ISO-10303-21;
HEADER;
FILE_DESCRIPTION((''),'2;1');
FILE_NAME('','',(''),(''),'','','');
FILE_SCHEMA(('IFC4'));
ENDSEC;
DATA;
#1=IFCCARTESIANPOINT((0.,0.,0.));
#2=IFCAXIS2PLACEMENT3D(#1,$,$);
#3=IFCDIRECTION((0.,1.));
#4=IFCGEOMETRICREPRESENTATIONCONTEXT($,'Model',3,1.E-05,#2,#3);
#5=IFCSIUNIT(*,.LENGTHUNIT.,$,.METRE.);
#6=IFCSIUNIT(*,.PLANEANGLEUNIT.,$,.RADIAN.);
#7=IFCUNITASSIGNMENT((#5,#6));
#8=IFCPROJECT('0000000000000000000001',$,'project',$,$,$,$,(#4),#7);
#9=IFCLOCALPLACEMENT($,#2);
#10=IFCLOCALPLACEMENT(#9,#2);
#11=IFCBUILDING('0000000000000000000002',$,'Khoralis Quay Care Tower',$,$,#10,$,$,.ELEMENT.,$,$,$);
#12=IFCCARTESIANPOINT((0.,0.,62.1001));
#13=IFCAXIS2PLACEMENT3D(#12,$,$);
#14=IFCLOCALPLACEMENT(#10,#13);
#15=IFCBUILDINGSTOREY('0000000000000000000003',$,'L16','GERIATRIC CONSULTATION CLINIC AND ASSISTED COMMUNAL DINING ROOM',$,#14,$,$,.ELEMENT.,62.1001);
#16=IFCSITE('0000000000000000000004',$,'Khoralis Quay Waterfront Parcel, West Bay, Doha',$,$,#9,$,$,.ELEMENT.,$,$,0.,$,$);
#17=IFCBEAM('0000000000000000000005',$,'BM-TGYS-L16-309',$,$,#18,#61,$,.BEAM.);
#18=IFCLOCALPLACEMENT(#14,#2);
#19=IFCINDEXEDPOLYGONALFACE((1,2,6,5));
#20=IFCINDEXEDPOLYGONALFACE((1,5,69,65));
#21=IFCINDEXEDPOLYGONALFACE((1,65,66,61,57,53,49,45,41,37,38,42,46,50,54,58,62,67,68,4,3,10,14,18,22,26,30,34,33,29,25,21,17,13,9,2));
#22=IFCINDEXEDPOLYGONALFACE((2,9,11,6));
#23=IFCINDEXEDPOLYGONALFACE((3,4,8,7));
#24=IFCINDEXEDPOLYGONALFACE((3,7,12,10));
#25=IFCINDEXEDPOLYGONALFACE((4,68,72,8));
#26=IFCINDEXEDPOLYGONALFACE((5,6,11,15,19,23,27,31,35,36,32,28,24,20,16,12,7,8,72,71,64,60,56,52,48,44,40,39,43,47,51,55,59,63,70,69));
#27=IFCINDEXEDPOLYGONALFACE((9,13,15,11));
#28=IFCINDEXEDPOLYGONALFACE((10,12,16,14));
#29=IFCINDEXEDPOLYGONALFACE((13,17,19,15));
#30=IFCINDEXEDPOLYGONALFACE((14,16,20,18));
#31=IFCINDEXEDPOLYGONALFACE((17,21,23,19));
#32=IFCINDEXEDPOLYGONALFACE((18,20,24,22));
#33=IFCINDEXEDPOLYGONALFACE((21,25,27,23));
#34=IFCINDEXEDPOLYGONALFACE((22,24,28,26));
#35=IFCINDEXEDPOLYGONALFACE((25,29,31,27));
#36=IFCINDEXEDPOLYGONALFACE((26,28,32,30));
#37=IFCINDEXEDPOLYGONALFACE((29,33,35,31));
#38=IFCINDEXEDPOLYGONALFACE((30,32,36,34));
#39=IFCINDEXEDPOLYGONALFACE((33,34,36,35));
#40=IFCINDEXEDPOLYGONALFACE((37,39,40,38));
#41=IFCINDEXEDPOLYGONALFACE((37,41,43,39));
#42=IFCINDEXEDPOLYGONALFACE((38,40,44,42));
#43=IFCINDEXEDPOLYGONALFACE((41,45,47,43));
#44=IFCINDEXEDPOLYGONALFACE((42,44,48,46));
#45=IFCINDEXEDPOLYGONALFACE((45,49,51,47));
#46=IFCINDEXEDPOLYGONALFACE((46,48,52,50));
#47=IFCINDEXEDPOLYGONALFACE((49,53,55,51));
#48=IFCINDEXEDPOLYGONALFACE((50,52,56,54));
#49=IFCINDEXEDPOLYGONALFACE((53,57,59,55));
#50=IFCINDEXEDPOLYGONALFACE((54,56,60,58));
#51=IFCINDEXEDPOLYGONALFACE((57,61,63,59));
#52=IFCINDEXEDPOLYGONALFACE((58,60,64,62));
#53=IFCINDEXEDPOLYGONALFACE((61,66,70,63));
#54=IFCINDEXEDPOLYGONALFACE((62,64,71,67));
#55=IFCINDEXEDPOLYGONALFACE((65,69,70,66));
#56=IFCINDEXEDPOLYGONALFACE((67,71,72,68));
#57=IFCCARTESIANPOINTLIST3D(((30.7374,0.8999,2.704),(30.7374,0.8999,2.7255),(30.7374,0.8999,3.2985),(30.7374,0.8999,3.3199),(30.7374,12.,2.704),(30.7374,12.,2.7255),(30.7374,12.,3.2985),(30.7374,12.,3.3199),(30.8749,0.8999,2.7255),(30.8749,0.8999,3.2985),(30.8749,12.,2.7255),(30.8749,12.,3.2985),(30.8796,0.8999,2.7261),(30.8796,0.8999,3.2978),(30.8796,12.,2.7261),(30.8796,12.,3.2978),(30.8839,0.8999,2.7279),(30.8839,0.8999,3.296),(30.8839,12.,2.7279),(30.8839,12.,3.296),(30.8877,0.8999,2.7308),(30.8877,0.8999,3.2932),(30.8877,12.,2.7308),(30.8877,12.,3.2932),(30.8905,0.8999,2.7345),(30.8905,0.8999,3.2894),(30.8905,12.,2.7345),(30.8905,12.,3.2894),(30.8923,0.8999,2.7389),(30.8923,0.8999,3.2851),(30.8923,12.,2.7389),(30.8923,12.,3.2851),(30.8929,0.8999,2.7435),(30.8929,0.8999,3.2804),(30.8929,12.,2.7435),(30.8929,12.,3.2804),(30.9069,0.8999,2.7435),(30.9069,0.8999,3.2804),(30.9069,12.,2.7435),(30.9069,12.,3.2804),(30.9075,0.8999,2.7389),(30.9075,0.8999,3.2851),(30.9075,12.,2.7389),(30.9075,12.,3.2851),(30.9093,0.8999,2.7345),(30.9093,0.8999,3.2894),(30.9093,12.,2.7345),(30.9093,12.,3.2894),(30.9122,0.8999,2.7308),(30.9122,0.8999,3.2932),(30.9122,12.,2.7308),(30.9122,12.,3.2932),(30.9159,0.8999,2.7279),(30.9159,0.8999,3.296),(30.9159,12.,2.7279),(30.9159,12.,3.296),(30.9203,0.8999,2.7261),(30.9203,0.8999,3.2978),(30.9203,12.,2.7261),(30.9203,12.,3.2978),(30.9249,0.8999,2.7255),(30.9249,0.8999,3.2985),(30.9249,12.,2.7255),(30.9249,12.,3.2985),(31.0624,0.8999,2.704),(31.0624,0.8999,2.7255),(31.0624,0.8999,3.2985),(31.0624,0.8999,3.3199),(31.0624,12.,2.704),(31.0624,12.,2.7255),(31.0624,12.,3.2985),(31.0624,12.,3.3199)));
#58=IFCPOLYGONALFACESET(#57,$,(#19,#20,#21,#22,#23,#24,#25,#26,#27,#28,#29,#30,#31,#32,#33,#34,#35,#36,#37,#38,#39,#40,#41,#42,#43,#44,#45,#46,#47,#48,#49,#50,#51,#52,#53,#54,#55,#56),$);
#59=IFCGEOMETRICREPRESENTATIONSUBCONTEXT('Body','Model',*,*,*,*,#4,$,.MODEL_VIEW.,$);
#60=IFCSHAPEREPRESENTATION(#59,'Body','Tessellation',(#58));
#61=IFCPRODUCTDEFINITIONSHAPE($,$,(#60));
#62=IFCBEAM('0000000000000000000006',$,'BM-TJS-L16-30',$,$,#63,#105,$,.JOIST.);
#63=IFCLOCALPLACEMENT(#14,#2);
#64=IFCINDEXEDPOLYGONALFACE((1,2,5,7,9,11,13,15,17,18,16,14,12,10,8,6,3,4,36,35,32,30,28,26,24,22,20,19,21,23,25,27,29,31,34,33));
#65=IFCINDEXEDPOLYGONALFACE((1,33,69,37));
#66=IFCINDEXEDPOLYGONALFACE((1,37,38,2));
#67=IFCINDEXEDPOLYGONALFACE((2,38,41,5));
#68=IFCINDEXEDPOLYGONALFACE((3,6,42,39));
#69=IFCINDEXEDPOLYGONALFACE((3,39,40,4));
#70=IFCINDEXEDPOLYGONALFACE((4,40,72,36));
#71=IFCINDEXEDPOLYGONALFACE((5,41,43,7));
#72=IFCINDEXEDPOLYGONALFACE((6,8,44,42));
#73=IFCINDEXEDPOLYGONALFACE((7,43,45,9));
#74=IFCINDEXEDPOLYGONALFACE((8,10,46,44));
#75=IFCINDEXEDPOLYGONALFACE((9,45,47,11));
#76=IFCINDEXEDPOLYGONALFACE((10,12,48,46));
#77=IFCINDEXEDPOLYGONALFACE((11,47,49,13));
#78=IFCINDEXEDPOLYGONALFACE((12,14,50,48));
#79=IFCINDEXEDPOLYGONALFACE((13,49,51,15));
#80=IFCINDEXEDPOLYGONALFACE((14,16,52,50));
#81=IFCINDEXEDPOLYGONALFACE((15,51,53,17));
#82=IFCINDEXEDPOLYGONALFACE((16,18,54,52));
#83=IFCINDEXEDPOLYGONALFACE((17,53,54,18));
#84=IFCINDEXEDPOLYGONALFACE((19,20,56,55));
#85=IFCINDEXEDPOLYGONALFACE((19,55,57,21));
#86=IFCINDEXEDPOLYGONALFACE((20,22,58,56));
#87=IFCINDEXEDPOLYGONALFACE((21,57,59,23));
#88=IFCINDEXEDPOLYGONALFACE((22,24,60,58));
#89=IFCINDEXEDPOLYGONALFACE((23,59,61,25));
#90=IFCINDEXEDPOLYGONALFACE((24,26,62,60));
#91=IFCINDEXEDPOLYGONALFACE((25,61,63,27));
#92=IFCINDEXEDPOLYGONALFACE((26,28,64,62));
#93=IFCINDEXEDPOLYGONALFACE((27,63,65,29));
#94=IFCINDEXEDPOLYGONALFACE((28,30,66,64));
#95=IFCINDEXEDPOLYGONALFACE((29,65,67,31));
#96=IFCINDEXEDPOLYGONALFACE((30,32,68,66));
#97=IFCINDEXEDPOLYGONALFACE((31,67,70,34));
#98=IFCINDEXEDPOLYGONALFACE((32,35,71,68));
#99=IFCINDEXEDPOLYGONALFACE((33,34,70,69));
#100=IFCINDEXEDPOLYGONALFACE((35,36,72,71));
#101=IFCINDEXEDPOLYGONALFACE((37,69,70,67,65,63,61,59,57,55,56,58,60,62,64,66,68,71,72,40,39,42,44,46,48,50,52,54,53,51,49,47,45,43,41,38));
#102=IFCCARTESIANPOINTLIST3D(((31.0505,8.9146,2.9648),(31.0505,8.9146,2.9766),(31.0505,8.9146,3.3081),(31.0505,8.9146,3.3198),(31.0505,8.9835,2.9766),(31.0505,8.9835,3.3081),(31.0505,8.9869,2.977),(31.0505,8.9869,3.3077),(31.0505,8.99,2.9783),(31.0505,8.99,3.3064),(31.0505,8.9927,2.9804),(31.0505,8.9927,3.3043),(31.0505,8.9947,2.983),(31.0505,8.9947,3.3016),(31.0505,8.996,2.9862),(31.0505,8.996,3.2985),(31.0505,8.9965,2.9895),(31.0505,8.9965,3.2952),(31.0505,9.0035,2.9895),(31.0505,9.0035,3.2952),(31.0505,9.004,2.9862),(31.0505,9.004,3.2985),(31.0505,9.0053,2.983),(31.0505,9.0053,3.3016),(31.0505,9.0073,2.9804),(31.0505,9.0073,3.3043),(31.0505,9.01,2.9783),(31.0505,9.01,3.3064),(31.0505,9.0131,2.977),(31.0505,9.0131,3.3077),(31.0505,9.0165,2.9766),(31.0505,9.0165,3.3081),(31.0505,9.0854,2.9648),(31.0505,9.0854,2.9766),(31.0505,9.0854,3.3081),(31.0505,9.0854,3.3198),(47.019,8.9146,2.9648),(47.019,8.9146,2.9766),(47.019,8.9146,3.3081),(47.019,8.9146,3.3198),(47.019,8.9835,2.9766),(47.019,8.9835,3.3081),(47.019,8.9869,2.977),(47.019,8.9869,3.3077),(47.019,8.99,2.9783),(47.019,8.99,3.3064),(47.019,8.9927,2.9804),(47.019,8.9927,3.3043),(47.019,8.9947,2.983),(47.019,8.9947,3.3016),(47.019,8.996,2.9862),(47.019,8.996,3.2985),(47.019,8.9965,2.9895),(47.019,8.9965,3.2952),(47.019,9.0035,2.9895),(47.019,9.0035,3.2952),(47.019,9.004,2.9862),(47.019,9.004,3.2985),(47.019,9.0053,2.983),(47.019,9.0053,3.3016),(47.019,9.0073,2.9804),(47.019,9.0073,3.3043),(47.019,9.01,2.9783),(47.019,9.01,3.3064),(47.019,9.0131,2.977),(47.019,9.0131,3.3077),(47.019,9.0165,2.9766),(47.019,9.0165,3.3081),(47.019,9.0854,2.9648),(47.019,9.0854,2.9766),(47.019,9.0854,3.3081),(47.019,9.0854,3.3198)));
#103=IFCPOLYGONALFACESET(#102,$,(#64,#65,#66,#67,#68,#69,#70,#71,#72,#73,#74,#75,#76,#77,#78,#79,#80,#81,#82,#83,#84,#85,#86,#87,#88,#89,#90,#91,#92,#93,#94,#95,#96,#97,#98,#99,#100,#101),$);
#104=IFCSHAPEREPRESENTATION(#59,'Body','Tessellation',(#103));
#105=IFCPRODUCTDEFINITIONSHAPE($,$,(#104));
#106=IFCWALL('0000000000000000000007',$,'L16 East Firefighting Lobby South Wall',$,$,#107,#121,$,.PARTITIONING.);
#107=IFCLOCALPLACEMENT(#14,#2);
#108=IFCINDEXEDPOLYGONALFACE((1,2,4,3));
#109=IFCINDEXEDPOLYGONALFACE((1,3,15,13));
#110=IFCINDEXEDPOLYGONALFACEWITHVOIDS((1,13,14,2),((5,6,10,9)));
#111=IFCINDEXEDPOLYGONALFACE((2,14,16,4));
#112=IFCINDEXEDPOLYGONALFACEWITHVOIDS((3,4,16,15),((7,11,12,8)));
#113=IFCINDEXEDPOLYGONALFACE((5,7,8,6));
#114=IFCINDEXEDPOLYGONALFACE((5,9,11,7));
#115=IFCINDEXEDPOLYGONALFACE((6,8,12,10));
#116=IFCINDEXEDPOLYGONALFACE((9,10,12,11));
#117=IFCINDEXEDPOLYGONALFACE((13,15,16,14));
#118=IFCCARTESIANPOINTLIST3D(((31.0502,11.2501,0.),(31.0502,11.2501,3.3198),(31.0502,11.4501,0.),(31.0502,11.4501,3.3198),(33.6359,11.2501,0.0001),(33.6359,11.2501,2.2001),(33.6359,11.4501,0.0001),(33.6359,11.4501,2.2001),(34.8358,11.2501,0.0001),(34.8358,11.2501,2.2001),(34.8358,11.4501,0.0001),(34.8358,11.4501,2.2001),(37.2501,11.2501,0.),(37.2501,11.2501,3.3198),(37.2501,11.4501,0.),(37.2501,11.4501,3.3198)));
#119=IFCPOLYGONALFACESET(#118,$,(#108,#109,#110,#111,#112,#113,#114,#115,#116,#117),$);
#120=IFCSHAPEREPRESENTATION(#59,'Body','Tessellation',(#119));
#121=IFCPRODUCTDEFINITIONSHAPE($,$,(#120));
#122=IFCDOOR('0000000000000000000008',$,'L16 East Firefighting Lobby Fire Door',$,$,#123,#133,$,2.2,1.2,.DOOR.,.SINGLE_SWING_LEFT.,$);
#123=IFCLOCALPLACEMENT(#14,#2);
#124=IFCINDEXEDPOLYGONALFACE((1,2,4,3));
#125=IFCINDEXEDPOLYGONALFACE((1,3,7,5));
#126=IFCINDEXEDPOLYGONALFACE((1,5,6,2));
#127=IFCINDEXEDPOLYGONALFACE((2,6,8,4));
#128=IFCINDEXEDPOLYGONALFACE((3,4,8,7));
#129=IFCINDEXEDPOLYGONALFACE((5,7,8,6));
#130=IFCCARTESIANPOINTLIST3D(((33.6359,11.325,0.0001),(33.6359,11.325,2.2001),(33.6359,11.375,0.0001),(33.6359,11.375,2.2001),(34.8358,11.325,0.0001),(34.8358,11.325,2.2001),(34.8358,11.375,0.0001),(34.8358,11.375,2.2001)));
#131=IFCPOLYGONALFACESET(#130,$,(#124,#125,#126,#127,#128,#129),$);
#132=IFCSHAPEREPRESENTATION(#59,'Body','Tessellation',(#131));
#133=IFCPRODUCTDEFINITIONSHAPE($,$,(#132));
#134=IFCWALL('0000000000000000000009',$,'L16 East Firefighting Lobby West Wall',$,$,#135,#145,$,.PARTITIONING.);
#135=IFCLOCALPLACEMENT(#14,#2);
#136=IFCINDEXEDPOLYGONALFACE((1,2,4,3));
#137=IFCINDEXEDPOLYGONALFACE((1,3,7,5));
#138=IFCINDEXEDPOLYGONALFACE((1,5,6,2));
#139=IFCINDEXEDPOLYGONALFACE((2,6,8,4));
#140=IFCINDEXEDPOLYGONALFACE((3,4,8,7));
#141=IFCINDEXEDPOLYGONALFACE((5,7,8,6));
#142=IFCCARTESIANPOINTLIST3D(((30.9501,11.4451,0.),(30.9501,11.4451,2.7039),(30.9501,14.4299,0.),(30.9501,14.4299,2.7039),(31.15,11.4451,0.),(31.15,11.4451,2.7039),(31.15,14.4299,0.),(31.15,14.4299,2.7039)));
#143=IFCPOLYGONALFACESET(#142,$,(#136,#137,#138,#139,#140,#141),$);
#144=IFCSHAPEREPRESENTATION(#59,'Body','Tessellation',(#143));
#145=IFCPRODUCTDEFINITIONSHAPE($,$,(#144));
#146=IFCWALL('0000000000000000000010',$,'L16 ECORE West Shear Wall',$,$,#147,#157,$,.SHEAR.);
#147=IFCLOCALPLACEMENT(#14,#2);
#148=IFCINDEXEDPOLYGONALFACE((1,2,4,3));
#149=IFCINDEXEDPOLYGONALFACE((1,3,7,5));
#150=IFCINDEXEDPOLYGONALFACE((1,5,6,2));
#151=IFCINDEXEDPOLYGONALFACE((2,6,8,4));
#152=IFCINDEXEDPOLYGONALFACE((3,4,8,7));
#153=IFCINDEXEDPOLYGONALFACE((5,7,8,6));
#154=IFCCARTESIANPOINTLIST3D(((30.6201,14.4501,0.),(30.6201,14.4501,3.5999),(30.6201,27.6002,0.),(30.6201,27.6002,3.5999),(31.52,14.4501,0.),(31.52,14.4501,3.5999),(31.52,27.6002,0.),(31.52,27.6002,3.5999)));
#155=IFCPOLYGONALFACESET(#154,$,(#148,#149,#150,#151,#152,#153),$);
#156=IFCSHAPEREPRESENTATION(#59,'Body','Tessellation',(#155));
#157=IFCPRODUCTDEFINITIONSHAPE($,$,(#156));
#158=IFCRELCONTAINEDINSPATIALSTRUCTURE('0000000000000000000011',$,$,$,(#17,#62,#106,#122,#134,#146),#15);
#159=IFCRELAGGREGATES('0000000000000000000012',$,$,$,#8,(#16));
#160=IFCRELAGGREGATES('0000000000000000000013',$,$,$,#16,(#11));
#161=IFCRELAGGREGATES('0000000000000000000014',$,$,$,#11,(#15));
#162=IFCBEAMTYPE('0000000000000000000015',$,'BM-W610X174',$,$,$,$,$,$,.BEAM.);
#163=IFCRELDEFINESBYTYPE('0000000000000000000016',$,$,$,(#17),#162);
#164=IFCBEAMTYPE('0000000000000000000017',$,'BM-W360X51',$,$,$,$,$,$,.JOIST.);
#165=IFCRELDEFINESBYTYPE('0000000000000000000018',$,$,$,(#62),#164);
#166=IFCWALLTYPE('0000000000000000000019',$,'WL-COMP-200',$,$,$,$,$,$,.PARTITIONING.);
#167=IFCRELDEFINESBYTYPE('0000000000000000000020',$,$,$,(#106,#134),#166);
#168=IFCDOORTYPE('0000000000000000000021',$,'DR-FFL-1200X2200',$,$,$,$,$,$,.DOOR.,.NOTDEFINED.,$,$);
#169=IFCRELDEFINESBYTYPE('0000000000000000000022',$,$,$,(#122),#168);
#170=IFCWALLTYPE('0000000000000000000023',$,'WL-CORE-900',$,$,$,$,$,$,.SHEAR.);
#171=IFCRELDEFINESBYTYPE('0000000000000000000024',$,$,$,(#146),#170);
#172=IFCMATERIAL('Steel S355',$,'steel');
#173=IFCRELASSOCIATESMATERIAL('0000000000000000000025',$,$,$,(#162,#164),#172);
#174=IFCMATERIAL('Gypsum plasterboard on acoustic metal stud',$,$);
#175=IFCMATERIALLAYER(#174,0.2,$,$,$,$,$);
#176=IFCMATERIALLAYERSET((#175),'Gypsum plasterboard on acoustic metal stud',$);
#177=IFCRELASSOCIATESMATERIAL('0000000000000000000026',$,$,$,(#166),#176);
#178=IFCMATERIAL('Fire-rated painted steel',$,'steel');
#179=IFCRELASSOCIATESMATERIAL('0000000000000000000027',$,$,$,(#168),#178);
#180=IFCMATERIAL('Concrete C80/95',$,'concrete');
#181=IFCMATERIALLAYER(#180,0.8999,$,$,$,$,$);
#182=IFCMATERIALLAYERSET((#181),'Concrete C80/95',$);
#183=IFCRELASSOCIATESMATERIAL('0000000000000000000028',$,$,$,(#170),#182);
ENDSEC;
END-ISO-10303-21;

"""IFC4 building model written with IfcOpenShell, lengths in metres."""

from ifc_helpers import new_model, si_unit, direction, frame, frame_2d, origin, origin_2d, place, context, subcontext, project, spatial, rectangle, i_section, extrude, source, transform, mapped, material, layer, layer_set, material_profile, profile_set, type_object, element, fill, save


model = new_model("IFC4")

# Units and contexts
model_context = context("Model", 3, precision=1e-05, world=origin(), true_north=direction((0.0, 1.0)))
body_context = subcontext(model_context, "Body", "Model", "MODEL_VIEW")
ifc_project = project(units=[si_unit("LENGTHUNIT", "METRE"), si_unit("PLANEANGLEUNIT", "RADIAN")], contexts=[model_context])

# Site, building, storey
site_placement = place(None, origin())
site = spatial("IfcSite", under=ifc_project, at=site_placement, Name="Khoralis Quay Waterfront Parcel, West Bay, Doha", CompositionType="ELEMENT", RefElevation=0.0)
building_placement = place(site_placement, origin())
building = spatial("IfcBuilding", under=site, at=building_placement, Name="Khoralis Quay Care Tower", CompositionType="ELEMENT")
storey_placement = place(building_placement, frame((0.0, 0.0, 62.1001)))
storey = spatial("IfcBuildingStorey", under=building, at=storey_placement, Name="L16", Description="GERIATRIC CONSULTATION CLINIC AND ASSISTED COMMUNAL DINING ROOM", CompositionType="ELEMENT", Elevation=62.1001)

# Shared definitions
ifc_material_1 = material(Name="Concrete C80/95", Category="concrete")

# Beams
ifc_material_2 = material(Name="Steel S355", Category="steel")
ifc_material_profile_1 = material_profile(ifc_material_2, i_section(OverallWidth=0.325, OverallDepth=0.616, WebThickness=0.0139, FlangeThickness=0.0215, FilletRadius=0.0181, at=origin_2d()), Name="Steel S355")
ifc_profile_set_1 = profile_set([ifc_material_profile_1], Name="Steel S355")
beam_type_1 = type_object("IfcBeamType", Name="BM-W610X174", PredefinedType="BEAM", material=ifc_profile_set_1)
shared_shape_1 = source(origin(), body_context, "Body", "SweptSolid", [
    extrude(i_section(OverallWidth=0.325, OverallDepth=0.616, WebThickness=0.0139, FlangeThickness=0.0215, FilletRadius=0.0181, at=origin_2d()), origin(), (0.0, 0.0, 1.0), 11.1001),
])
beam_1_placement = place(storey_placement, frame((30.8999, 0.8999, 3.012), z_axis=(0.0, 1.0, 0.0), x_axis=(-1.0, 0.0, 0.0)))
element("IfcBeam", 1, at=beam_1_placement, inside=storey, type_object=beam_type_1, Name="BM-TGYS-L16-309", PredefinedType="BEAM", context=body_context, shape_type="MappedRepresentation", body=[
    mapped(shared_shape_1, transform((0.0, 0.0, 0.0), scale=1.0)),
])
ifc_material_profile_2 = material_profile(ifc_material_2, i_section(OverallWidth=0.1709, OverallDepth=0.355, WebThickness=0.0071, FlangeThickness=0.0117, FilletRadius=0.0129, at=origin_2d()), Name="Steel S355")
ifc_profile_set_2 = profile_set([ifc_material_profile_2], Name="Steel S355")
beam_type_2 = type_object("IfcBeamType", Name="BM-W360X51", PredefinedType="JOIST", material=ifc_profile_set_2)
shared_shape_2 = source(origin(), body_context, "Body", "SweptSolid", [
    extrude(i_section(OverallWidth=0.1709, OverallDepth=0.355, WebThickness=0.0071, FlangeThickness=0.0117, FilletRadius=0.0129, at=origin_2d()), origin(), (0.0, 0.0, 1.0), 15.9685),
])
beam_2_placement = place(storey_placement, frame((31.0505, 9.0, 3.1423), z_axis=(1.0, 0.0, 0.0), x_axis=(0.0, 1.0, 0.0)))
element("IfcBeam", 2, at=beam_2_placement, inside=storey, type_object=beam_type_2, Name="BM-TJS-L16-30", PredefinedType="JOIST", context=body_context, shape_type="MappedRepresentation", body=[
    mapped(shared_shape_2, transform((0.0, 0.0, 0.0), scale=1.0)),
])

# Wall, opening, door
ifc_material_3 = material(Name="Gypsum plasterboard on acoustic metal stud")
ifc_layer_1 = layer(ifc_material_3, 0.2)
ifc_layer_set_1 = layer_set([ifc_layer_1], Name="Gypsum plasterboard on acoustic metal stud")
wall_type_1 = type_object("IfcWallType", Name="WL-COMP-200", PredefinedType="PARTITIONING", material=ifc_layer_set_1)
wall_1_placement = place(storey_placement, frame((31.05, 11.3501, 0.0), z_axis=(0.0, 0.0, 1.0), x_axis=(1.0, 0.0, 0.0)))
wall_1 = element("IfcWall", 3, at=wall_1_placement, inside=storey, type_object=wall_type_1, Name="L16 East Firefighting Lobby South Wall", PredefinedType="PARTITIONING", context=body_context, shape_type="SweptSolid", body=[
    extrude(rectangle(XDim=6.2, YDim=0.2, at=frame_2d((3.1001, 0.0))), origin(), (0.0, 0.0, 1.0), 3.3198),
])
opening_1_placement = place(wall_1_placement, frame((2.5857, 0.0, 0.0)))
opening_1 = element("IfcOpeningElement", 4, at=opening_1_placement, cuts=wall_1, PredefinedType="OPENING", context=body_context, shape_type="SweptSolid", body=[
    extrude(rectangle(XDim=1.2, YDim=2.2, at=frame_2d((0.6001, 1.1001))), frame((0.0, 0.1099, 0.0), z_axis=(0.0, -1.0, 0.0), x_axis=(1.0, 0.0, 0.0)), (0.0, 0.0, 1.0), 0.22),
])
ifc_material_4 = material(Name="Fire-rated painted steel", Category="steel")
door_type_1 = type_object("IfcDoorType", Name="DR-FFL-1200X2200", OperationType="NOTDEFINED", PredefinedType="DOOR", material=ifc_material_4)
shared_shape_3 = source(origin(), body_context, "Body", "SweptSolid", [
    extrude(rectangle(XDim=1.2, YDim=2.2, at=frame_2d((0.6001, 1.1001))), frame((0.0, 0.0249, 0.0), z_axis=(0.0, -1.0, 0.0), x_axis=(1.0, 0.0, 0.0)), (0.0, 0.0, 1.0), 0.05),
])
door_1_placement = place(opening_1_placement, origin())
door_1 = element("IfcDoor", 5, at=door_1_placement, inside=storey, type_object=door_type_1, Name="L16 East Firefighting Lobby Fire Door", OperationType="SINGLE_SWING_LEFT", OverallHeight=2.2, OverallWidth=1.2, PredefinedType="DOOR", context=body_context, shape_type="MappedRepresentation", body=[
    mapped(shared_shape_3, transform((0.0, 0.0, 0.0), scale=1.0)),
])
fill(opening_1, door_1)

# Walls
wall_2_placement = place(storey_placement, frame((31.05, 11.4451, 0.0), z_axis=(0.0, 0.0, 1.0), x_axis=(0.0, 1.0, 0.0)))
element("IfcWall", 6, at=wall_2_placement, inside=storey, type_object=wall_type_1, Name="L16 East Firefighting Lobby West Wall", PredefinedType="PARTITIONING", context=body_context, shape_type="SweptSolid", body=[
    extrude(rectangle(XDim=2.9849, YDim=0.2, at=frame_2d((1.4924, 0.0))), origin(), (0.0, 0.0, 1.0), 2.7039),
])
ifc_layer_2 = layer(ifc_material_1, 0.8999)
ifc_layer_set_2 = layer_set([ifc_layer_2], Name="Concrete C80/95")
wall_type_2 = type_object("IfcWallType", Name="WL-CORE-900", PredefinedType="SHEAR", material=ifc_layer_set_2)
wall_3_placement = place(storey_placement, frame((31.0701, 14.45, 0.0), z_axis=(0.0, 0.0, 1.0), x_axis=(0.0, 1.0, 0.0)))
element("IfcWall", 7, at=wall_3_placement, inside=storey, type_object=wall_type_2, Name="L16 ECORE West Shear Wall", PredefinedType="SHEAR", context=body_context, shape_type="SweptSolid", body=[
    extrude(rectangle(XDim=13.1501, YDim=0.8999, at=frame_2d((6.5752, 0.0))), origin(), (0.0, 0.0, 1.0), 3.5999),
])

save(model, "model.ifc")
